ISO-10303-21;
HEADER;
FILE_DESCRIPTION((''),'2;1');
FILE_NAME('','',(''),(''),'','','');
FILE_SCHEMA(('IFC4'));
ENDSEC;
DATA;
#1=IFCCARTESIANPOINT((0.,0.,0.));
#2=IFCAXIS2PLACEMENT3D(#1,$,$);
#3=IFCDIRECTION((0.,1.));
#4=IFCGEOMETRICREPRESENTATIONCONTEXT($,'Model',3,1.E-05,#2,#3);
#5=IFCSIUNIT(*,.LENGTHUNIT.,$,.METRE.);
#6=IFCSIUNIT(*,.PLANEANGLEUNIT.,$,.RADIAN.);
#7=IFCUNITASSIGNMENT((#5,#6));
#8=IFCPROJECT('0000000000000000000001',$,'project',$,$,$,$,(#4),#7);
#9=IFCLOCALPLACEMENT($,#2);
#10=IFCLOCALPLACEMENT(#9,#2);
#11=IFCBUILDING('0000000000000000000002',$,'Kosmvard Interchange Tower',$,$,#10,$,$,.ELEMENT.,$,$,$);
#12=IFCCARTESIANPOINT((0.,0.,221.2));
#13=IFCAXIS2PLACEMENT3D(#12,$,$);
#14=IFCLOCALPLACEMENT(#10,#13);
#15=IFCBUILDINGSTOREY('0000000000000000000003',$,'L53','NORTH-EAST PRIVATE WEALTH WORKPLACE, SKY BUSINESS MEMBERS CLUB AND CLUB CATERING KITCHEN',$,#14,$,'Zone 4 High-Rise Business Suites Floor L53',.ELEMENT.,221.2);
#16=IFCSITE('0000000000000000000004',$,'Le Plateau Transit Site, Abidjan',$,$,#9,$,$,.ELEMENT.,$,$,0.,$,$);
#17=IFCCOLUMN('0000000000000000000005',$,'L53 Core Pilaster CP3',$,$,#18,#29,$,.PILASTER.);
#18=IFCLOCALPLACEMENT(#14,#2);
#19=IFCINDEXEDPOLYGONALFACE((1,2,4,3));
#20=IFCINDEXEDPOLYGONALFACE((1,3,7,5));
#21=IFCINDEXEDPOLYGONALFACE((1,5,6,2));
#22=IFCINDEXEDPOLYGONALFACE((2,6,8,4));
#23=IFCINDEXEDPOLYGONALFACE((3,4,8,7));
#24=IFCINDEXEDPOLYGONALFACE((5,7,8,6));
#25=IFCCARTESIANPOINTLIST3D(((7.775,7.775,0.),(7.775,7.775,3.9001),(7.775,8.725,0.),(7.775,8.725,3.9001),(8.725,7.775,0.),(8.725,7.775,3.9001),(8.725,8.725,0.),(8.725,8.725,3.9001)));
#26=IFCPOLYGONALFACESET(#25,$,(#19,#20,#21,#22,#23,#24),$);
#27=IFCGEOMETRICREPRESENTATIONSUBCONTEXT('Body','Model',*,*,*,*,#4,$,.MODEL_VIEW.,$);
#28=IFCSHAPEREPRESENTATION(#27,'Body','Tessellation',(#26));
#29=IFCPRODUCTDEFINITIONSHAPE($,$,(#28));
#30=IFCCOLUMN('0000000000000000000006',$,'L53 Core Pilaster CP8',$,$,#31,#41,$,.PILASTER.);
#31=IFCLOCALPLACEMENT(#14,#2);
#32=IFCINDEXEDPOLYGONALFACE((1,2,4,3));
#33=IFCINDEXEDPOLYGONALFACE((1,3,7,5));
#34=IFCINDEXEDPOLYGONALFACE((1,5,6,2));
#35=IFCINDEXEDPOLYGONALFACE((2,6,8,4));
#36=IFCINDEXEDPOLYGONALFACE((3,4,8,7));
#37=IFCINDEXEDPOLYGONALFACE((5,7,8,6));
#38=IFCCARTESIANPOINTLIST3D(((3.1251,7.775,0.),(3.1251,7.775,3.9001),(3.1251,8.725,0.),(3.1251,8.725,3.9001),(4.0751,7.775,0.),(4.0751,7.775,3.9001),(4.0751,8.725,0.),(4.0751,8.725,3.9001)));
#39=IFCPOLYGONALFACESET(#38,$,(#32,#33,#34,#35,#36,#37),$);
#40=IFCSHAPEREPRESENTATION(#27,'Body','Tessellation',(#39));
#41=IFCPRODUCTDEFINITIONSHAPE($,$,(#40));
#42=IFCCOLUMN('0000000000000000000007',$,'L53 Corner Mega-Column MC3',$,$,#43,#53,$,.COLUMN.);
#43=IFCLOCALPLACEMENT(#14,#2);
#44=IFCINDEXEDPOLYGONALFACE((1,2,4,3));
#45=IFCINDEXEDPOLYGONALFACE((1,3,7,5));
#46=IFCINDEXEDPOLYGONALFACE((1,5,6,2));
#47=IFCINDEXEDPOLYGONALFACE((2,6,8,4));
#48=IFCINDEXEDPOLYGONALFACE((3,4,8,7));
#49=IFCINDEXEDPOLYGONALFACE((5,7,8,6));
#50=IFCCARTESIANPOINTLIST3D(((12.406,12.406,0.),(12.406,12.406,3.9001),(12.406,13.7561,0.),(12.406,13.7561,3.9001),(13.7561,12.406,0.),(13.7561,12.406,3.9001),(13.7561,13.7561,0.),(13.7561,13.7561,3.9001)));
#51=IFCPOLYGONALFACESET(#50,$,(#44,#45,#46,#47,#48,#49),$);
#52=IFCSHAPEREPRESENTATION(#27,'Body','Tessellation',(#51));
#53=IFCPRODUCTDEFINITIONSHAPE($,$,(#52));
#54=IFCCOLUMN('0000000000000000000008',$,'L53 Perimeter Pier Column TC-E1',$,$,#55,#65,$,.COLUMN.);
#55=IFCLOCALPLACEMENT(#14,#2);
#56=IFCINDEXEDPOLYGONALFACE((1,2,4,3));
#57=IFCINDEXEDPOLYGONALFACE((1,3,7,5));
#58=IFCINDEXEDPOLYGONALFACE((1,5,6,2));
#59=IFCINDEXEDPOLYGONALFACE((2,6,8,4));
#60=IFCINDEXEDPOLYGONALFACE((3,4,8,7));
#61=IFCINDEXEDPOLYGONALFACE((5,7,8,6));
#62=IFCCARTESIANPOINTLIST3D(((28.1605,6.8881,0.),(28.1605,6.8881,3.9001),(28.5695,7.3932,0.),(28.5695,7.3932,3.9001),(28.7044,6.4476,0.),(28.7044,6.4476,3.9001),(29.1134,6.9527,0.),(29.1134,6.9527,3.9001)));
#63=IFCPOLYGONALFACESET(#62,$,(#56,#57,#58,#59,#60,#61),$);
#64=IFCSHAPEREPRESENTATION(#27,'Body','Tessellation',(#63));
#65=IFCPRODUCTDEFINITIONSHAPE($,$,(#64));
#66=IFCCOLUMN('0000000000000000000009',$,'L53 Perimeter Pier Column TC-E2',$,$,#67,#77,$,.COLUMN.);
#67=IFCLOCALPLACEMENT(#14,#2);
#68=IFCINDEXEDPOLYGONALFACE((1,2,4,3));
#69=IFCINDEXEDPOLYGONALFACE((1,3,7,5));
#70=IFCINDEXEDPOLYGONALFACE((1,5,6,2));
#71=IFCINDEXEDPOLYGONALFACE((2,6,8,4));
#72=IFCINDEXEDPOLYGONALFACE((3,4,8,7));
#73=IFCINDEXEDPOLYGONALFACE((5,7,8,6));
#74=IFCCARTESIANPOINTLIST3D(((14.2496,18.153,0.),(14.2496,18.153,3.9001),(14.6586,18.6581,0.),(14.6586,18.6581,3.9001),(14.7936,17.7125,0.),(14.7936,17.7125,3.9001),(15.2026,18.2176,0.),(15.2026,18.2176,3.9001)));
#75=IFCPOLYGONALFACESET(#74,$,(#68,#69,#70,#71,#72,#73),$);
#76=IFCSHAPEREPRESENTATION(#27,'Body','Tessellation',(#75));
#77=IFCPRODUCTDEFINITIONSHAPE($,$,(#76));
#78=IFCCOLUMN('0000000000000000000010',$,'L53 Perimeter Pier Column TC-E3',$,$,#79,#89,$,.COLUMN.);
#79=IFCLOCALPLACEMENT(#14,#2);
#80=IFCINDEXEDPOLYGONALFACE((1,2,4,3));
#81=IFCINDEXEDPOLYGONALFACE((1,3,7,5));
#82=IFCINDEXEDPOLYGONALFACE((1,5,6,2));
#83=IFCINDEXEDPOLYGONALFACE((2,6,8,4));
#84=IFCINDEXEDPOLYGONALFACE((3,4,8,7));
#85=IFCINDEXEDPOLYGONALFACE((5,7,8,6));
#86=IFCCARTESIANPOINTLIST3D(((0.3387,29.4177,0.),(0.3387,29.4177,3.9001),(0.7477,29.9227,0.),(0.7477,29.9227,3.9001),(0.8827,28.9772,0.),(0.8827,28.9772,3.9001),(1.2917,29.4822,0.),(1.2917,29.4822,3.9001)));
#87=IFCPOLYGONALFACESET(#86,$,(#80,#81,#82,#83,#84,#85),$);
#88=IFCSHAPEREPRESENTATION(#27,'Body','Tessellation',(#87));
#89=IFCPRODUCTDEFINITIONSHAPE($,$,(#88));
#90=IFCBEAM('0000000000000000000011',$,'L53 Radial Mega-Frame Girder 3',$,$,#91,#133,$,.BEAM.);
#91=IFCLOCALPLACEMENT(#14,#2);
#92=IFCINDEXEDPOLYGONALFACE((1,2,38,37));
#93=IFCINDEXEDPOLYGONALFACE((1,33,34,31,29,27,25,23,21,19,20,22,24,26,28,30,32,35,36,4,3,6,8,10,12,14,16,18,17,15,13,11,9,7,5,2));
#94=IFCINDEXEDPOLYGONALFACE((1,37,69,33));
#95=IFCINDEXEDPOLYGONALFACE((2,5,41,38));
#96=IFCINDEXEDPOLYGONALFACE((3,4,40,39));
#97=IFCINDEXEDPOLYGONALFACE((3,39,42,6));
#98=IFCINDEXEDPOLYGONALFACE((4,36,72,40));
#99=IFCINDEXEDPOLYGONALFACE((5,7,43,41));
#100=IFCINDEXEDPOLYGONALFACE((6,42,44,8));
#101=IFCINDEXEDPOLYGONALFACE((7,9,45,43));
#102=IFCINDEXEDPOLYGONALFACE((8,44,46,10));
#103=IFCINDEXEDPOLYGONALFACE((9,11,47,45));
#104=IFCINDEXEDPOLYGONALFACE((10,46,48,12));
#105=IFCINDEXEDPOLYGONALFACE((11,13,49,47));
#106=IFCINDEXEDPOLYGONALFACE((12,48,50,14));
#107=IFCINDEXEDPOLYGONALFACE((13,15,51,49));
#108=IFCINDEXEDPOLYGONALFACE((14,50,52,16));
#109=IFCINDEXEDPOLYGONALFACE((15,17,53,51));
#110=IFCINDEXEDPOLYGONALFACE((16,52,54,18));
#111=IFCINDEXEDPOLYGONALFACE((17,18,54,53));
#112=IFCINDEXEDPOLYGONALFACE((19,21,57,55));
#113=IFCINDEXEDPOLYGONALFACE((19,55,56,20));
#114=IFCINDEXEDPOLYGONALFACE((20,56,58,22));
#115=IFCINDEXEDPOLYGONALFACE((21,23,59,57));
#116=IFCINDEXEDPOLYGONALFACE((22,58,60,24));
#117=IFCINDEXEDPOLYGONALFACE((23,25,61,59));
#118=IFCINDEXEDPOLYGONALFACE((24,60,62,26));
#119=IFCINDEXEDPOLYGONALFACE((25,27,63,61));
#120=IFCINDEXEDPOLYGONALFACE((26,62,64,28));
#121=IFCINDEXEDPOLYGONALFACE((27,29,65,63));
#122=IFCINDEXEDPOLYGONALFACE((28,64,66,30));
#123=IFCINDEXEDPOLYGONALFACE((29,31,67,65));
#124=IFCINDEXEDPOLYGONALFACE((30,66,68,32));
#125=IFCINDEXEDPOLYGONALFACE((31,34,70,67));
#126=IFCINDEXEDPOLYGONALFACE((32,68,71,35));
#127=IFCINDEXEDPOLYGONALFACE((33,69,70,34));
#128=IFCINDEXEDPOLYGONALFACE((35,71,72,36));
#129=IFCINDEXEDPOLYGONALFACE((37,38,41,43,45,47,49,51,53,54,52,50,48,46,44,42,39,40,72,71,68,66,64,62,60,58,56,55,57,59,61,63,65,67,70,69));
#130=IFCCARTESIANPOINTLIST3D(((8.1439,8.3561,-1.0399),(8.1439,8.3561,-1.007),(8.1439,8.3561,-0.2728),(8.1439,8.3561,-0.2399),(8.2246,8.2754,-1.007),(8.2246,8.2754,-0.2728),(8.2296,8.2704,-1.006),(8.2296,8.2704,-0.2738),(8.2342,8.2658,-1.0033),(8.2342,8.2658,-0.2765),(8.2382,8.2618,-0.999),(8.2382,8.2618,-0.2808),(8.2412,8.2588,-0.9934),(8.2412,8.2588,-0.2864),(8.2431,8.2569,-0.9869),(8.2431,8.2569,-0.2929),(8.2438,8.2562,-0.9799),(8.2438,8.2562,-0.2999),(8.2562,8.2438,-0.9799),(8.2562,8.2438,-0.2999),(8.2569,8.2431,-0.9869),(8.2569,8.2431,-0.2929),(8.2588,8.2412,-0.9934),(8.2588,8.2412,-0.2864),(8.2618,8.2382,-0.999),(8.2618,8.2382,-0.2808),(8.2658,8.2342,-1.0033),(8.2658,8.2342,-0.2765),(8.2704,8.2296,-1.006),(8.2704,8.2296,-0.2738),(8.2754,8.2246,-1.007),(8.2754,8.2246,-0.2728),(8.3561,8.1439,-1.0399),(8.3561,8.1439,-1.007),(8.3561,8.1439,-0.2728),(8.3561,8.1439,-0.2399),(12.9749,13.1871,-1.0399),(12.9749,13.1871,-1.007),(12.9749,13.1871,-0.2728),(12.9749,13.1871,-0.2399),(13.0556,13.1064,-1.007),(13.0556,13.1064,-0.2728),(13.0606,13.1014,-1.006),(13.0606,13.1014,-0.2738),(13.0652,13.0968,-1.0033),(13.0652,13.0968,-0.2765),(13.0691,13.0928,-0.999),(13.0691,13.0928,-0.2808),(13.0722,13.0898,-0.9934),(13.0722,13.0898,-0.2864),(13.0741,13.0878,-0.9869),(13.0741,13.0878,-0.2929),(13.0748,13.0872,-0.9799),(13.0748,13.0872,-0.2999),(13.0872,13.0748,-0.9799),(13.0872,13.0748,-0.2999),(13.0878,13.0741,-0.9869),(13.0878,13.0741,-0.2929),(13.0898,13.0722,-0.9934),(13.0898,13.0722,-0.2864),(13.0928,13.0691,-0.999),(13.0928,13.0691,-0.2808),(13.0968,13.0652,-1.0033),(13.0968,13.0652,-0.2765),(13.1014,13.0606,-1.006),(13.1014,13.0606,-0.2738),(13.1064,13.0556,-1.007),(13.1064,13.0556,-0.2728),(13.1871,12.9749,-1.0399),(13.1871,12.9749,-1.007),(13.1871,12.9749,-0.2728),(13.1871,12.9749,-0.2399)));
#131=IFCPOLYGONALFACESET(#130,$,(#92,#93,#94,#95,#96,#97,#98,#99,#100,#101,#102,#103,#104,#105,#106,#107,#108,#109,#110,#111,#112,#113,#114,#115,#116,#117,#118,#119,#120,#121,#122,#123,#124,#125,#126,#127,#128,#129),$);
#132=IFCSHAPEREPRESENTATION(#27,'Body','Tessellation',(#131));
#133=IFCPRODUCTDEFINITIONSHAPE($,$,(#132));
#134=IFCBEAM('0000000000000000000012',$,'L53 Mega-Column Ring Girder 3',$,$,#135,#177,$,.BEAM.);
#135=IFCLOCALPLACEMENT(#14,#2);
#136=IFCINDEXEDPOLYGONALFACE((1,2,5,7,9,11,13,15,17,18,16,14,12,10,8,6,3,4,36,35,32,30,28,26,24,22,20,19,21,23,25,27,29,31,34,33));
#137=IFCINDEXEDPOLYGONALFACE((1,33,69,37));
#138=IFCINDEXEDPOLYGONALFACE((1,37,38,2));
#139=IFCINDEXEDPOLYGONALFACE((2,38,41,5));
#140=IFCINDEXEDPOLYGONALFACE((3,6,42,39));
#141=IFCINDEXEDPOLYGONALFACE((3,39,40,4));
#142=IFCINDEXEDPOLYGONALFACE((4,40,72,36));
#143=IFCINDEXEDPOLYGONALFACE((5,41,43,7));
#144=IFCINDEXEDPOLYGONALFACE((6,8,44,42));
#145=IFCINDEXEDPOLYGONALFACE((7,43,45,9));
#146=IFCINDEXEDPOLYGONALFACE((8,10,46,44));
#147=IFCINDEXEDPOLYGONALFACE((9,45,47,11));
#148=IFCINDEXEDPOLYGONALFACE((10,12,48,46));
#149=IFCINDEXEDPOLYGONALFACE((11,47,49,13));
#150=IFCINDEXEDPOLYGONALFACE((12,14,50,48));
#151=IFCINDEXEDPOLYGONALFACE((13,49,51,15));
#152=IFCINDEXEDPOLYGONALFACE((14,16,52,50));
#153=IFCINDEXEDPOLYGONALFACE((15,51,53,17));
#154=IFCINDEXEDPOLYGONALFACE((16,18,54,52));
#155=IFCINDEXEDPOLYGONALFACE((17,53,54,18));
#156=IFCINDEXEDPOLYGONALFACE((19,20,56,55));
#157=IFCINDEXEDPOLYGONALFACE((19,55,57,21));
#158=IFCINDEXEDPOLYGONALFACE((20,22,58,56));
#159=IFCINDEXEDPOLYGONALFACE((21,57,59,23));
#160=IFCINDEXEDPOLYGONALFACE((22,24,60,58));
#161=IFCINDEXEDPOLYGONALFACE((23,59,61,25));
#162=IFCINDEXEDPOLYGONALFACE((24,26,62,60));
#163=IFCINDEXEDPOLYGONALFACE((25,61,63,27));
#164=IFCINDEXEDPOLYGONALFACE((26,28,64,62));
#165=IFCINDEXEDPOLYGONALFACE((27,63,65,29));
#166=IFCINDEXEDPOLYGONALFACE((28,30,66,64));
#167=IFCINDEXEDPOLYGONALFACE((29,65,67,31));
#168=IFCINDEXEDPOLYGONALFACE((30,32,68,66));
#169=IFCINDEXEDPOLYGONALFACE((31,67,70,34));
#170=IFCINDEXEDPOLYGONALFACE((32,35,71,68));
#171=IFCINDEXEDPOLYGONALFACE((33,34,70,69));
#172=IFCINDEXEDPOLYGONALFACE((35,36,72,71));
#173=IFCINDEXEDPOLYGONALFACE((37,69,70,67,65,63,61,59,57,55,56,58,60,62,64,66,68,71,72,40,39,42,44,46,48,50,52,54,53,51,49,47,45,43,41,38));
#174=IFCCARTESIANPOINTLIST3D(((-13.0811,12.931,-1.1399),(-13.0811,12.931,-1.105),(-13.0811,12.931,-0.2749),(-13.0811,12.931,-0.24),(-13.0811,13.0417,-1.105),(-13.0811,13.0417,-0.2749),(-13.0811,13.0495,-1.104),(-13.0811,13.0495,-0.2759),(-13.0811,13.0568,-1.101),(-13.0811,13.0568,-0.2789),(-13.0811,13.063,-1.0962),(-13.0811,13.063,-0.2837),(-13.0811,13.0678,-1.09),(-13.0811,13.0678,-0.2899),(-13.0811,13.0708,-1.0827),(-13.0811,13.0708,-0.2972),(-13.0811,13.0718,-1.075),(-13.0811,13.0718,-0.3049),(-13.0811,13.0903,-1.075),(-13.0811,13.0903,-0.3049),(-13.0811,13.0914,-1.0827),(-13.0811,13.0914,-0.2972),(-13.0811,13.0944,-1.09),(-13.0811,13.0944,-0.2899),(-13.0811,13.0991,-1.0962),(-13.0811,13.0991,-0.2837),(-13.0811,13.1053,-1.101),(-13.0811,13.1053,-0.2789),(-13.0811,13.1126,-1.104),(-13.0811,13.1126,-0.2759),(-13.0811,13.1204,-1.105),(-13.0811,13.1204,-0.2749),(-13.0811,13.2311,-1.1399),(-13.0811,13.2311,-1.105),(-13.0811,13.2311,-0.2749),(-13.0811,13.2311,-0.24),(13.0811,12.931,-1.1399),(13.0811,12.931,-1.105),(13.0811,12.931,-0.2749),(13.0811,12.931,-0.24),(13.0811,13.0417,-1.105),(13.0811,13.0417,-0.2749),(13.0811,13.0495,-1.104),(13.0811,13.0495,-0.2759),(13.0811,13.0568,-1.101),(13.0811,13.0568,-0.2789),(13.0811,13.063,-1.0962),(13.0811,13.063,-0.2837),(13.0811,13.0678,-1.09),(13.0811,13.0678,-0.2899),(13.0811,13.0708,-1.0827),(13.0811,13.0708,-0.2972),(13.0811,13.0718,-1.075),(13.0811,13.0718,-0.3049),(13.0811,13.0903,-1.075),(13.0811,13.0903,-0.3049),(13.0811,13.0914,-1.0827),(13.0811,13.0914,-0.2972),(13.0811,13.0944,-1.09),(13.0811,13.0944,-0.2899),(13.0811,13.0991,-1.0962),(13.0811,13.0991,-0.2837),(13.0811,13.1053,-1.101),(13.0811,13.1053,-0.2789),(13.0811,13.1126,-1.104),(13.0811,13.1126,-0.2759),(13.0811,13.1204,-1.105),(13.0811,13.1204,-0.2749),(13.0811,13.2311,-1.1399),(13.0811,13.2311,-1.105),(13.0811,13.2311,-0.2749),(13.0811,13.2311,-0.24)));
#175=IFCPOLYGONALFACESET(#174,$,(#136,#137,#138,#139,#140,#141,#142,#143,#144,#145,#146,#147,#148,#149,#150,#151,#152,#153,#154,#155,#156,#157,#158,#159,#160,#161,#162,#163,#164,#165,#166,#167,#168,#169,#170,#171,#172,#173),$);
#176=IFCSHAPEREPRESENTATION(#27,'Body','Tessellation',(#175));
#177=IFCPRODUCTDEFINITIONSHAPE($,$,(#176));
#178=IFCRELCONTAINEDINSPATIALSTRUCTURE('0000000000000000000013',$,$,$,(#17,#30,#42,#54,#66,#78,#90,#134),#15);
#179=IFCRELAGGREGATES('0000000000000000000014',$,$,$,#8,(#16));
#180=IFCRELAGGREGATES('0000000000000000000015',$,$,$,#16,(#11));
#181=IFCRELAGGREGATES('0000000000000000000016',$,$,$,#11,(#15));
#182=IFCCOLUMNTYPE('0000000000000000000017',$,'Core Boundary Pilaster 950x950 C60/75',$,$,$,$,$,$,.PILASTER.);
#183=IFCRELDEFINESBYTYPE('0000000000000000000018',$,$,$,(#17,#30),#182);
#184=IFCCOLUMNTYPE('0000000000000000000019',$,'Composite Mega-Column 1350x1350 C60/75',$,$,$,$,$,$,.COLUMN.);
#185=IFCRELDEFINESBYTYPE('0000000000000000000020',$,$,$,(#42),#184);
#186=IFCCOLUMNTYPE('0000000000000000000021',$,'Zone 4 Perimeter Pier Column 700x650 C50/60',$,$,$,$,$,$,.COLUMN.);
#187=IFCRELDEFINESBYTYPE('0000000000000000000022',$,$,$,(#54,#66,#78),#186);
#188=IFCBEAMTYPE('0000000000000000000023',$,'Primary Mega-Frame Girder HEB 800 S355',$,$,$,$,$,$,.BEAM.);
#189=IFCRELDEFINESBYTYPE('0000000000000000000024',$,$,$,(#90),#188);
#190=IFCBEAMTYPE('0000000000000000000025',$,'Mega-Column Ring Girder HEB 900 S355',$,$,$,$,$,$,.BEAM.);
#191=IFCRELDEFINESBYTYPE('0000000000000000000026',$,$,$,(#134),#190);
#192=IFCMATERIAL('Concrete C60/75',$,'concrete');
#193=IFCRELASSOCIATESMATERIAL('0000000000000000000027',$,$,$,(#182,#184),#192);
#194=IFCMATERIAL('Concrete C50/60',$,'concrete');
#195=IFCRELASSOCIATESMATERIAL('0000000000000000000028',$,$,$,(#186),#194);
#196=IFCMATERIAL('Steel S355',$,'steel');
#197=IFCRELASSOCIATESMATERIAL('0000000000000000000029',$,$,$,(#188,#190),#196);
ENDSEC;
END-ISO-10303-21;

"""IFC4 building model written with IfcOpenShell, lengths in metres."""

from ifc_helpers import new_model, si_unit, direction, frame, origin, origin_2d, place, context, subcontext, project, spatial, rectangle, i_section, extrude, source, transform, mapped, material, material_profile, profile_set, type_object, element, save


model = new_model("IFC4")

# Units and contexts
model_context = context("Model", 3, precision=1e-05, world=origin(), true_north=direction((0.0, 1.0)))
body_context = subcontext(model_context, "Body", "Model", "MODEL_VIEW")
ifc_project = project(units=[si_unit("LENGTHUNIT", "METRE"), si_unit("PLANEANGLEUNIT", "RADIAN")], contexts=[model_context])

# Site, building, storey
site_placement = place(None, origin())
site = spatial("IfcSite", under=ifc_project, at=site_placement, Name="Le Plateau Transit Site, Abidjan", CompositionType="ELEMENT", RefElevation=0.0)
building_placement = place(site_placement, origin())
building = spatial("IfcBuilding", under=site, at=building_placement, Name="Kosmvard Interchange Tower", CompositionType="ELEMENT")
storey_placement = place(building_placement, frame((0.0, 0.0, 221.2)))
storey = spatial("IfcBuildingStorey", under=building, at=storey_placement, Name="L53", Description="NORTH-EAST PRIVATE WEALTH WORKPLACE, SKY BUSINESS MEMBERS CLUB AND CLUB CATERING KITCHEN", LongName="Zone 4 High-Rise Business Suites Floor L53", CompositionType="ELEMENT", Elevation=221.2)

# Columns
ifc_material_1 = material(Name="Concrete C60/75", Category="concrete")
ifc_material_profile_1 = material_profile(ifc_material_1, rectangle(XDim=0.95, YDim=0.95, at=origin_2d()), Name="CP 950x950")
ifc_profile_set_1 = profile_set([ifc_material_profile_1], Name="Concrete C60/75")
column_type_1 = type_object("IfcColumnType", Name="Core Boundary Pilaster 950x950 C60/75", PredefinedType="PILASTER", material=ifc_profile_set_1)
shared_shape_1 = source(origin(), body_context, "Body", "SweptSolid", [
    extrude(rectangle(XDim=0.95, YDim=0.95, at=origin_2d()), origin(), (0.0, 0.0, 1.0), 3.9001),
])
for number, where, z_axis, x_axis, name in (
    (1, (8.25, 8.25, 0.0), (0.0, 0.0, 1.0), (1.0, 0.0, 0.0), "L53 Core Pilaster CP3"),
    (2, (3.6001, 8.25, 0.0), (0.0, 0.0, 1.0), (1.0, 0.0, 0.0), "L53 Core Pilaster CP8"),
):
    element("IfcColumn", number, at=place(storey_placement, frame(where, z_axis=z_axis, x_axis=x_axis)), inside=storey, type_object=column_type_1, Name=name, PredefinedType="PILASTER", context=body_context, shape_type="MappedRepresentation", body=[
        mapped(shared_shape_1, transform((0.0, 0.0, 0.0), scale=1.0)),
    ])
ifc_material_profile_2 = material_profile(ifc_material_1, rectangle(XDim=1.3501, YDim=1.3501, at=origin_2d()), Name="MC 1350x1350")
ifc_profile_set_2 = profile_set([ifc_material_profile_2], Name="Concrete C60/75")
column_type_2 = type_object("IfcColumnType", Name="Composite Mega-Column 1350x1350 C60/75", PredefinedType="COLUMN", material=ifc_profile_set_2)
shared_shape_2 = source(origin(), body_context, "Body", "SweptSolid", [
    extrude(rectangle(XDim=1.3501, YDim=1.3501, at=origin_2d()), origin(), (0.0, 0.0, 1.0), 3.9001),
])
column_placement = place(storey_placement, frame((13.0811, 13.0811, 0.0), z_axis=(0.0, 0.0, 1.0), x_axis=(1.0, 0.0, 0.0)))
element("IfcColumn", 3, at=column_placement, inside=storey, type_object=column_type_2, Name="L53 Corner Mega-Column MC3", PredefinedType="COLUMN", context=body_context, shape_type="MappedRepresentation", body=[
    mapped(shared_shape_2, transform((0.0, 0.0, 0.0), scale=1.0)),
])
ifc_material_2 = material(Name="Concrete C50/60", Category="concrete")
ifc_material_profile_3 = material_profile(ifc_material_2, rectangle(XDim=0.6499, YDim=0.7, at=origin_2d()), Name="TC 700x650")
ifc_profile_set_3 = profile_set([ifc_material_profile_3], Name="Concrete C50/60")
column_type_3 = type_object("IfcColumnType", Name="Zone 4 Perimeter Pier Column 700x650 C50/60", PredefinedType="COLUMN", material=ifc_profile_set_3)
shared_shape_3 = source(origin(), body_context, "Body", "SweptSolid", [
    extrude(rectangle(XDim=0.6499, YDim=0.7, at=origin_2d()), origin(), (0.0, 0.0, 1.0), 3.9001),
])
for number, where, z_axis, x_axis, name in (
    (4, (28.637, 6.9204, 0.0), (0.0, 0.0, 1.0), (0.62932, 0.777146, 0.0), "L53 Perimeter Pier Column TC-E1"),
    (5, (14.7261, 18.1853, 0.0), (0.0, 0.0, 1.0), (0.62932, 0.777146, 0.0), "L53 Perimeter Pier Column TC-E2"),
    (6, (0.8152, 29.45, 0.0), (0.0, 0.0, 1.0), (0.62932, 0.777146, 0.0), "L53 Perimeter Pier Column TC-E3"),
):
    element("IfcColumn", number, at=place(storey_placement, frame(where, z_axis=z_axis, x_axis=x_axis)), inside=storey, type_object=column_type_3, Name=name, PredefinedType="COLUMN", context=body_context, shape_type="MappedRepresentation", body=[
        mapped(shared_shape_3, transform((0.0, 0.0, 0.0), scale=1.0)),
    ])

# Beams
ifc_material_3 = material(Name="Steel S355", Category="steel")
ifc_material_profile_4 = material_profile(ifc_material_3, i_section(OverallWidth=0.3, OverallDepth=0.8, WebThickness=0.0176, FlangeThickness=0.033, FilletRadius=0.0271, at=origin_2d()), Name="HEB 800")
ifc_profile_set_4 = profile_set([ifc_material_profile_4], Name="Steel S355")
beam_type_1 = type_object("IfcBeamType", Name="Primary Mega-Frame Girder HEB 800 S355", PredefinedType="BEAM", material=ifc_profile_set_4)
shared_shape_4 = source(origin(), body_context, "Body", "SweptSolid", [
    extrude(i_section(OverallWidth=0.3, OverallDepth=0.8, WebThickness=0.0176, FlangeThickness=0.033, FilletRadius=0.0271, at=origin_2d()), origin(), (0.0, 0.0, 1.0), 6.832),
])
beam_1_placement = place(storey_placement, frame((8.25, 8.25, -0.6399), z_axis=(0.707107, 0.707107, 0.0), x_axis=(-0.707107, 0.707107, 0.0)))
element("IfcBeam", 7, at=beam_1_placement, inside=storey, type_object=beam_type_1, Name="L53 Radial Mega-Frame Girder 3", PredefinedType="BEAM", context=body_context, shape_type="MappedRepresentation", body=[
    mapped(shared_shape_4, transform((0.0, 0.0, 0.0), scale=1.0)),
])
ifc_material_profile_5 = material_profile(ifc_material_3, i_section(OverallWidth=0.3, OverallDepth=0.8999, WebThickness=0.0186, FlangeThickness=0.0349, FilletRadius=0.03, at=origin_2d()), Name="HEB 900")
ifc_profile_set_5 = profile_set([ifc_material_profile_5], Name="Steel S355")
beam_type_2 = type_object("IfcBeamType", Name="Mega-Column Ring Girder HEB 900 S355", PredefinedType="BEAM", material=ifc_profile_set_5)
shared_shape_5 = source(origin(), body_context, "Body", "SweptSolid", [
    extrude(i_section(OverallWidth=0.3, OverallDepth=0.8999, WebThickness=0.0186, FlangeThickness=0.0349, FilletRadius=0.03, at=origin_2d()), origin(), (0.0, 0.0, 1.0), 26.1621),
])
beam_2_placement = place(storey_placement, frame((13.0811, 13.0811, -0.6899), z_axis=(-1.0, 0.0, 0.0), x_axis=(0.0, -1.0, 0.0)))
element("IfcBeam", 8, at=beam_2_placement, inside=storey, type_object=beam_type_2, Name="L53 Mega-Column Ring Girder 3", PredefinedType="BEAM", context=body_context, shape_type="MappedRepresentation", body=[
    mapped(shared_shape_5, transform((0.0, 0.0, 0.0), scale=1.0)),
])

save(model, "model.ifc")
